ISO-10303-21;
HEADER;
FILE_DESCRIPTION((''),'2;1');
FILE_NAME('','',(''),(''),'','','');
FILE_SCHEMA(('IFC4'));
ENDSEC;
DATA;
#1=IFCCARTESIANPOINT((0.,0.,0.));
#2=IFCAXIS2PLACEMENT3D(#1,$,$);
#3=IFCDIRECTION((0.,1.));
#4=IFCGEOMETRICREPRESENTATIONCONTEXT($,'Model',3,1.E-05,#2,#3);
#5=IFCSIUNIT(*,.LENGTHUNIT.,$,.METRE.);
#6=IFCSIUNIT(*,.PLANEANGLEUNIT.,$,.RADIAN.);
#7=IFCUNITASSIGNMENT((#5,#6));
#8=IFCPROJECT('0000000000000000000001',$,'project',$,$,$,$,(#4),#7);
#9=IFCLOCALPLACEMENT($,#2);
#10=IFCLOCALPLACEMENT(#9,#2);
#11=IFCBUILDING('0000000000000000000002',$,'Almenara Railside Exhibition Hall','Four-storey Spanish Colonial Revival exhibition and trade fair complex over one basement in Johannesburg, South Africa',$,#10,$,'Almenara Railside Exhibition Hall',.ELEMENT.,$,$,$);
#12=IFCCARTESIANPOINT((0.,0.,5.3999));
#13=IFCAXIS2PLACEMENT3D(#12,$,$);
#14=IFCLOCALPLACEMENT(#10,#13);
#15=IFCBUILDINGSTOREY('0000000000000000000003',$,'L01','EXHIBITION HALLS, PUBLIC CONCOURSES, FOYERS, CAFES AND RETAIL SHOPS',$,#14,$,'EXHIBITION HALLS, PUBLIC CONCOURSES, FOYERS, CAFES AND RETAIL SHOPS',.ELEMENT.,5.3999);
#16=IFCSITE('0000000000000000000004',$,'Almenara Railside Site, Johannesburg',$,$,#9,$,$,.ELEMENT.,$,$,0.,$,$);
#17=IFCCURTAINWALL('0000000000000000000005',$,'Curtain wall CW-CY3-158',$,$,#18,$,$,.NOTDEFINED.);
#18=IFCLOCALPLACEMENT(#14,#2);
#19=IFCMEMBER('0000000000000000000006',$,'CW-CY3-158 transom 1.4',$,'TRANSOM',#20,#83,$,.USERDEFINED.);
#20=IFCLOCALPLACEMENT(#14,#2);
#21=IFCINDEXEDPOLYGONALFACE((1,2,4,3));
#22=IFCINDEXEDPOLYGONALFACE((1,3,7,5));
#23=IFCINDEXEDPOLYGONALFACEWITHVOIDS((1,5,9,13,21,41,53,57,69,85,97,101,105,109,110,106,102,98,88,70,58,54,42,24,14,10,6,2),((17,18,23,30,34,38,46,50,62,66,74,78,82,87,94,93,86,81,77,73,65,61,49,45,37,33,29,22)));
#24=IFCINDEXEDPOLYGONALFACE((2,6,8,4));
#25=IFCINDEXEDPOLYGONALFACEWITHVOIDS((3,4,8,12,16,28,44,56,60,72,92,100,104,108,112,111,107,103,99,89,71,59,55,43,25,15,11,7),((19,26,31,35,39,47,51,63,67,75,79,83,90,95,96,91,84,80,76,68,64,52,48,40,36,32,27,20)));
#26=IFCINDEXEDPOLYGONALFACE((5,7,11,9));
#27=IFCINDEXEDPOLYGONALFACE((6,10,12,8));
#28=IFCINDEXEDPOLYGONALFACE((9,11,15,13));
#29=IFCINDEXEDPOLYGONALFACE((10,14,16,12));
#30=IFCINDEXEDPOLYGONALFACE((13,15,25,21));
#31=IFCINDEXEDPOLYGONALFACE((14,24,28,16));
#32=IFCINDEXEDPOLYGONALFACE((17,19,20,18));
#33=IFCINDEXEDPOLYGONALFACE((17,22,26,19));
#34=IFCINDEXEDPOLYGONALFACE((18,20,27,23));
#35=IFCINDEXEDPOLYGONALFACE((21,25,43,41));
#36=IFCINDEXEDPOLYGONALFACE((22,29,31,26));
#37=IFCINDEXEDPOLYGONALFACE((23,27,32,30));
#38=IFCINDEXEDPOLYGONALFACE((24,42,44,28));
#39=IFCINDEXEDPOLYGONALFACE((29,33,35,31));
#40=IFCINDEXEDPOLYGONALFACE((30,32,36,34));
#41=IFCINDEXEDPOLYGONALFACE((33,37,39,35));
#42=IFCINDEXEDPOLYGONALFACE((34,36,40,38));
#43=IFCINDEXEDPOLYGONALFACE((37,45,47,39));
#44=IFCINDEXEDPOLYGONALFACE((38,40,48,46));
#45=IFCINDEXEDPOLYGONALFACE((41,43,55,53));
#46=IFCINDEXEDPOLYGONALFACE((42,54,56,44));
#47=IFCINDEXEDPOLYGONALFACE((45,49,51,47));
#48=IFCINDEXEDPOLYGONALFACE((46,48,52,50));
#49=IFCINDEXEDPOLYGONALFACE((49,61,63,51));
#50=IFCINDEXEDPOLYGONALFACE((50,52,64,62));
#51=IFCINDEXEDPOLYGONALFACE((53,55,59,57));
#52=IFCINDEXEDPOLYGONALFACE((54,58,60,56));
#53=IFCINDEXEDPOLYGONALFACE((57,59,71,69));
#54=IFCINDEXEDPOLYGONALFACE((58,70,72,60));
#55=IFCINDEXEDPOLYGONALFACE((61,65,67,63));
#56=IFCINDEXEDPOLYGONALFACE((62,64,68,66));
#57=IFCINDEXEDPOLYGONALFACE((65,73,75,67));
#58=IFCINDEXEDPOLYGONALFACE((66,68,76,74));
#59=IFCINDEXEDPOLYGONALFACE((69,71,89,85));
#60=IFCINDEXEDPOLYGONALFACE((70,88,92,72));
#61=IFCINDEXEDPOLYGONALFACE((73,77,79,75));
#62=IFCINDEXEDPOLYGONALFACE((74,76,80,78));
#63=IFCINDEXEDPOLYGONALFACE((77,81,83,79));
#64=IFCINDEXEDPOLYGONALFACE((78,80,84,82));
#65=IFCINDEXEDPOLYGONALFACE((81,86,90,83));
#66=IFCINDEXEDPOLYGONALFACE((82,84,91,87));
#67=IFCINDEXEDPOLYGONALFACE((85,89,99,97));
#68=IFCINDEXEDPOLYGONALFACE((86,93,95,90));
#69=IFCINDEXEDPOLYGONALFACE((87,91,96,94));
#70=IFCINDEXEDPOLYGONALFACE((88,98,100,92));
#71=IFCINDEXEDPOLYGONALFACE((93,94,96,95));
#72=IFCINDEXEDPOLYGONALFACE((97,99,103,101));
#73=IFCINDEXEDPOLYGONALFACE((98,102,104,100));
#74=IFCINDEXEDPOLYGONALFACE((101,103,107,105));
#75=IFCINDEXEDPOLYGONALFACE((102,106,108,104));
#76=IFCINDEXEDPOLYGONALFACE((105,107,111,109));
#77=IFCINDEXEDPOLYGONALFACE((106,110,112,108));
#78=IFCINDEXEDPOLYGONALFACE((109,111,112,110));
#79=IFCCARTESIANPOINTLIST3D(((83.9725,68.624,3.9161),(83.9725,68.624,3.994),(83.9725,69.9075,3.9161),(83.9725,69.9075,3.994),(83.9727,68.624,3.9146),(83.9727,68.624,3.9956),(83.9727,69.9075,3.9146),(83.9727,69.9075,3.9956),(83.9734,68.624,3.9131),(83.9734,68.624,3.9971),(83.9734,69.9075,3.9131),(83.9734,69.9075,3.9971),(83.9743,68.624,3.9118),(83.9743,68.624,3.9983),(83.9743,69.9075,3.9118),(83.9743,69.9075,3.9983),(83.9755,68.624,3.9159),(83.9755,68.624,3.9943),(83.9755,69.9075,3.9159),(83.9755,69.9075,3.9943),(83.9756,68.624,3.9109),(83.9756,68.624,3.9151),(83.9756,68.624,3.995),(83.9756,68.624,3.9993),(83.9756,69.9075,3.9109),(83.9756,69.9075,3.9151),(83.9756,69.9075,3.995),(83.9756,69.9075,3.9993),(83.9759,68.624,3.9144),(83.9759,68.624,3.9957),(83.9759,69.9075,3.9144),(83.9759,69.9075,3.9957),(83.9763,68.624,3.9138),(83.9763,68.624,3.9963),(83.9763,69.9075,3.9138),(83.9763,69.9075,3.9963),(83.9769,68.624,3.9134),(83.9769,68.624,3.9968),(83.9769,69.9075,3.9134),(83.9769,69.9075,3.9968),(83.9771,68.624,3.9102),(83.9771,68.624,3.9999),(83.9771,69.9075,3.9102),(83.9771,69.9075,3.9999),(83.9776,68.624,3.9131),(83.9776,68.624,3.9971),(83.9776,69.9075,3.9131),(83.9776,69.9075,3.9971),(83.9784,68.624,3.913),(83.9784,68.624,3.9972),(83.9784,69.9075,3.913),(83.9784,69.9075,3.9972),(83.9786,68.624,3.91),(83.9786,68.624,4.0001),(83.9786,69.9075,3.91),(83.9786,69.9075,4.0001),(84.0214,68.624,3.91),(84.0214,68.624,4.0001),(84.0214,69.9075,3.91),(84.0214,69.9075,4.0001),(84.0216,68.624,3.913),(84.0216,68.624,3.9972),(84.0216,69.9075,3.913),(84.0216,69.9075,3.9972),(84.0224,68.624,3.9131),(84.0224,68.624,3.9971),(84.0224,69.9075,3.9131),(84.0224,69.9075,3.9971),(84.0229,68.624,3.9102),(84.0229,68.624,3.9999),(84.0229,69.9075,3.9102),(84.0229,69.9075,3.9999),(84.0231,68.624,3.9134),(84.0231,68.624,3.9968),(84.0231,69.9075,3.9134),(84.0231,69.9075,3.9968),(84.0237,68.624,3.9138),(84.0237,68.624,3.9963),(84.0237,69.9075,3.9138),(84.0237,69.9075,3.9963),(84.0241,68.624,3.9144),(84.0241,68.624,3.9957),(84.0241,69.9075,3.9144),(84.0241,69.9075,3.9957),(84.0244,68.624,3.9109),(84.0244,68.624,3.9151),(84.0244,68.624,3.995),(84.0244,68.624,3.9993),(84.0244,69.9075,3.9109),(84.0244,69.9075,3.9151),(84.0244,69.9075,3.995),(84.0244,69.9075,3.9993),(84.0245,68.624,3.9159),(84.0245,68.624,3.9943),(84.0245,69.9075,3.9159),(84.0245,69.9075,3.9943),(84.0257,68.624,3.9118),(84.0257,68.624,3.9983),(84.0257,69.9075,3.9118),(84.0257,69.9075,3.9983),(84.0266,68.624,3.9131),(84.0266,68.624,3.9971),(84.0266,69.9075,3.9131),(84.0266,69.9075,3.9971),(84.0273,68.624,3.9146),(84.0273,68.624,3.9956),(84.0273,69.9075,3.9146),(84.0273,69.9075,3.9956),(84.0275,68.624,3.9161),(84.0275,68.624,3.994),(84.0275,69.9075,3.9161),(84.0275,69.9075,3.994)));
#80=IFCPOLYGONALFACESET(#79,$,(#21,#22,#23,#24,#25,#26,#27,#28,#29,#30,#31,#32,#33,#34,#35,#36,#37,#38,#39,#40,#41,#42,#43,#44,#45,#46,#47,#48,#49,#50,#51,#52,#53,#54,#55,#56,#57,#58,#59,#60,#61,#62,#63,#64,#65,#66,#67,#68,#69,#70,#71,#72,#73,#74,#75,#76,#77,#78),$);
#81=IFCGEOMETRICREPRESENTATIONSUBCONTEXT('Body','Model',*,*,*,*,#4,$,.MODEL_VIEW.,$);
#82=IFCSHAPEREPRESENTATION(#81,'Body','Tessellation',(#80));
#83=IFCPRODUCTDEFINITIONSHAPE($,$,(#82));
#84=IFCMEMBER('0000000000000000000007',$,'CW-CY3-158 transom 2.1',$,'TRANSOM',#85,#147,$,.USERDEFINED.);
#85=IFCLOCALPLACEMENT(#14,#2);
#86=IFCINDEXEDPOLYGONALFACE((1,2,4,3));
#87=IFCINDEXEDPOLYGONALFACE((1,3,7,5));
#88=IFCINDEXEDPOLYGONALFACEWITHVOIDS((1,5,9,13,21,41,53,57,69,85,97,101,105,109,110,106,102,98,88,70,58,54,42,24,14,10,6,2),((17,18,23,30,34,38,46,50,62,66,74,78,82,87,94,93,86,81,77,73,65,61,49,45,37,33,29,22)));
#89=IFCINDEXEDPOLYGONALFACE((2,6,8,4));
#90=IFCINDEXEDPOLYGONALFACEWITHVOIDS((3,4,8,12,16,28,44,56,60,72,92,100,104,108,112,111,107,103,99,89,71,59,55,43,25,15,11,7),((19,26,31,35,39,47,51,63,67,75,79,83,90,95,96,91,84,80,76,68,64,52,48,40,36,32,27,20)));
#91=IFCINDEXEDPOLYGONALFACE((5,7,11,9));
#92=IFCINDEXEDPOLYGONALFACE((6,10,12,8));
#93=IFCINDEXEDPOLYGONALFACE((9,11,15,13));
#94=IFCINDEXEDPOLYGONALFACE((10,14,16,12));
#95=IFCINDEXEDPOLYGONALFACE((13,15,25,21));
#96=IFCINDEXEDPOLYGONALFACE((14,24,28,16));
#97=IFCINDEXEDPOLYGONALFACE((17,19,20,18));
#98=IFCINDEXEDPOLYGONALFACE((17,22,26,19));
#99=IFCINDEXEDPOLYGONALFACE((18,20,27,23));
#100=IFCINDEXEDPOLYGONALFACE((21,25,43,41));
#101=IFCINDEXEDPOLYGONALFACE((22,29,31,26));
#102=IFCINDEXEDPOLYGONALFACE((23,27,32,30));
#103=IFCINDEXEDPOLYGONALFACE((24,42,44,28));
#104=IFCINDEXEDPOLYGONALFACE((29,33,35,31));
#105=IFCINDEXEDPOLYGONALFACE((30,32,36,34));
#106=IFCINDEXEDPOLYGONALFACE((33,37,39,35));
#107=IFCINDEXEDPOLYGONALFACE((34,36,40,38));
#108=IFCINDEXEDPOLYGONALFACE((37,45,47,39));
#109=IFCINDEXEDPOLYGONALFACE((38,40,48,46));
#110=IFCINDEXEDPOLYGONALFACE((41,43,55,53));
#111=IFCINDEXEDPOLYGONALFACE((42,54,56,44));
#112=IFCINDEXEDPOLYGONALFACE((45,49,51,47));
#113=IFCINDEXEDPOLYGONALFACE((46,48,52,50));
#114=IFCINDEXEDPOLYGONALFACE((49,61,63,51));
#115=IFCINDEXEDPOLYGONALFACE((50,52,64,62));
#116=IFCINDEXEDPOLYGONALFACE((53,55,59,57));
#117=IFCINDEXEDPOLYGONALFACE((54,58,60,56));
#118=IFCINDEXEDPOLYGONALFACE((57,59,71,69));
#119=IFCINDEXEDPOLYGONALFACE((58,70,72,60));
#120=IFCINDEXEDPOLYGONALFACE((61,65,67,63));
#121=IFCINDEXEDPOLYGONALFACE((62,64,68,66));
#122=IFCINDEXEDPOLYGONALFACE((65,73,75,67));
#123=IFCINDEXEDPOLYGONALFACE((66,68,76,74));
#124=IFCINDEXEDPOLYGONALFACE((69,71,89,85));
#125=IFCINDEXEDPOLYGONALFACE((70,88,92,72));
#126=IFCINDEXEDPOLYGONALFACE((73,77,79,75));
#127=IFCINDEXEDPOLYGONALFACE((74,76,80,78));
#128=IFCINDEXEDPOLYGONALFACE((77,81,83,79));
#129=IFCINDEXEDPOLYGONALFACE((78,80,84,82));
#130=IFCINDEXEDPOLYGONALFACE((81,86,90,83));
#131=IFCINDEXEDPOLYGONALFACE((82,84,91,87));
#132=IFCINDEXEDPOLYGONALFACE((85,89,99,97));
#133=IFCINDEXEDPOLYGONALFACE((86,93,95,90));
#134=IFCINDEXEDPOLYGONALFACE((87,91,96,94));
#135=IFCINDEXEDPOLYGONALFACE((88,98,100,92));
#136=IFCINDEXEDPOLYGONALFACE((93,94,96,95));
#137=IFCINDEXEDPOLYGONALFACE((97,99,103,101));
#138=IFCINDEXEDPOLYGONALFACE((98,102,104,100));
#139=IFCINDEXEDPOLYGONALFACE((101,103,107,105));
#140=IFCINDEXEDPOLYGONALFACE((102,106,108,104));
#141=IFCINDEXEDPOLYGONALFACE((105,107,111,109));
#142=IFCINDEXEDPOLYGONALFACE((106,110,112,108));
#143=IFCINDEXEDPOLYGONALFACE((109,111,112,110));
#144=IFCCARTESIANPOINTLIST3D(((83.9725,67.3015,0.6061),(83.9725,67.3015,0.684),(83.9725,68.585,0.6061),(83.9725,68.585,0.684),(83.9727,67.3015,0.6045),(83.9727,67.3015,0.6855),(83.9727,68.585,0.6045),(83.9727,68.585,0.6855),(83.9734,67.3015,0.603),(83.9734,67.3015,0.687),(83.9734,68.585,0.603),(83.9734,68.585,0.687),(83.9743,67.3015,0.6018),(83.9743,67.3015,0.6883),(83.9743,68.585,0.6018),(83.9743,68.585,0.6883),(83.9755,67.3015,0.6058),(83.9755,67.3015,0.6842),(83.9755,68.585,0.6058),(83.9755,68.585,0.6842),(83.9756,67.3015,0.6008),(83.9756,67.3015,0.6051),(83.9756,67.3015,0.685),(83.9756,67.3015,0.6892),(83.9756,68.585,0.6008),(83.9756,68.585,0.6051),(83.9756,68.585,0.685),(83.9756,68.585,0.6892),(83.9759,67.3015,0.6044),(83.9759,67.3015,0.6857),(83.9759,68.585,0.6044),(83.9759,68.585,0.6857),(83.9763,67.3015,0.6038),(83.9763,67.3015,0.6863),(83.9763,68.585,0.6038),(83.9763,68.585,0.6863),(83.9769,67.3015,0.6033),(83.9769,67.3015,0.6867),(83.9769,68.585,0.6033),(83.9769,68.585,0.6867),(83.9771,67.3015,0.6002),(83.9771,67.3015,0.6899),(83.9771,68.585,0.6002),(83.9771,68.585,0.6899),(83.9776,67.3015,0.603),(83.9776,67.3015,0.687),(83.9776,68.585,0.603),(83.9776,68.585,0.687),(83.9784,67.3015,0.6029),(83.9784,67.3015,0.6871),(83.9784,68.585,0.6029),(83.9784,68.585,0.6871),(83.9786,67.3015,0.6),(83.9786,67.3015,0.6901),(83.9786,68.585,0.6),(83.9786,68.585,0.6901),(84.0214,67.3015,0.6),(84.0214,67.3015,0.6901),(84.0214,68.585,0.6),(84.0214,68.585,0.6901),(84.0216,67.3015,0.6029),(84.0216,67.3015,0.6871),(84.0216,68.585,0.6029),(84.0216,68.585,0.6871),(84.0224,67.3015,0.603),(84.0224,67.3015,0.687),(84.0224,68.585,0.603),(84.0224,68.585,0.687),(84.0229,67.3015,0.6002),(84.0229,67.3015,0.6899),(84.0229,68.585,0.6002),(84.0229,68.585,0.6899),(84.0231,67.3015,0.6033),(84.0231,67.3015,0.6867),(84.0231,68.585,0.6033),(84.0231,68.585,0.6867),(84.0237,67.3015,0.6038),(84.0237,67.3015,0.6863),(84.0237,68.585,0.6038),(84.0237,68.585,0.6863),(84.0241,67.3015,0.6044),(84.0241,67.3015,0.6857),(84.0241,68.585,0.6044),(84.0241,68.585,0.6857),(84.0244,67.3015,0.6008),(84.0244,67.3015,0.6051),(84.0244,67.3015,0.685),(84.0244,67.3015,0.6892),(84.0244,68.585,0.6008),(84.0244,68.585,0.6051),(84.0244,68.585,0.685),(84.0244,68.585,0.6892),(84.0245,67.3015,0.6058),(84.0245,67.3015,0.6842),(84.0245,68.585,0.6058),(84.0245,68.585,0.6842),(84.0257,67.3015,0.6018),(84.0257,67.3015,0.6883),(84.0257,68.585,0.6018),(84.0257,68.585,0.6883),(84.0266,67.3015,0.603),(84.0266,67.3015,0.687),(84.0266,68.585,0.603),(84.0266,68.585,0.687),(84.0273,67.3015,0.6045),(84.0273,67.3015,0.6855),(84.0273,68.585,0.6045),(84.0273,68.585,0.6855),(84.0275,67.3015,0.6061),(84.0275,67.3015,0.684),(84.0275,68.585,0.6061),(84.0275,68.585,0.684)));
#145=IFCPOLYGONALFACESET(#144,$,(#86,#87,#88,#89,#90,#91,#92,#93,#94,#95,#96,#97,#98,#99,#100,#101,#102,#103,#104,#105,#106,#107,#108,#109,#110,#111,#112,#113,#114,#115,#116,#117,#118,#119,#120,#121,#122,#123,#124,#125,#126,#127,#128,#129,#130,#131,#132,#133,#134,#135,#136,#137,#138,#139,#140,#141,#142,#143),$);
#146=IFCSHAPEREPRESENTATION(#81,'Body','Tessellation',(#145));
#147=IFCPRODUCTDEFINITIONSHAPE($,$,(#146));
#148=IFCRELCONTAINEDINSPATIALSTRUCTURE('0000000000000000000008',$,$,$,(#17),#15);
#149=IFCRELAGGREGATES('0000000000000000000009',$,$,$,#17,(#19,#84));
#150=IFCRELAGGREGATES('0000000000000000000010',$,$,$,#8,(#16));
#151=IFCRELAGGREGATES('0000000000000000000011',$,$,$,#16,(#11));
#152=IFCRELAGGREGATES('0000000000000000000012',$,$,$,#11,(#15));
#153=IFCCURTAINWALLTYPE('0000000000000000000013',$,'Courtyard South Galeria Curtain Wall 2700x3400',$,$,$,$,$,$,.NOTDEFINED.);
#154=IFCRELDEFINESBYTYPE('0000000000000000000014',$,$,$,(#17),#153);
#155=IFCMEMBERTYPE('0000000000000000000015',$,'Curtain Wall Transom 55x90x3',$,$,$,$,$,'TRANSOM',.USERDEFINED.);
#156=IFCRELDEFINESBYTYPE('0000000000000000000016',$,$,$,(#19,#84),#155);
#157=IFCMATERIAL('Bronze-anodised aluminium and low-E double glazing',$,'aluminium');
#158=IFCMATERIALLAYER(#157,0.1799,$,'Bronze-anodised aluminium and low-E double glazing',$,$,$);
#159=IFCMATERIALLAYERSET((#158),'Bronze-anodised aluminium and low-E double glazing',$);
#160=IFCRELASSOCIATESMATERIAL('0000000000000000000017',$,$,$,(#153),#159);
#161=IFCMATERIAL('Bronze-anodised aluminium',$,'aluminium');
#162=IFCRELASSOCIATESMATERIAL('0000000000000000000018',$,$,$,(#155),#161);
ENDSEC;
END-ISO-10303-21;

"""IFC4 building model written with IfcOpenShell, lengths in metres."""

from ifc_helpers import new_model, si_unit, direction, frame, origin, origin_2d, place, context, subcontext, project, spatial, hollow_rectangle, extrude, material, layer, layer_set, material_profile, profile_set, type_object, element, aggregate, save


model = new_model("IFC4")

# Units and contexts
model_context = context("Model", 3, precision=1e-05, world=origin(), true_north=direction((0.0, 1.0)))
body_context = subcontext(model_context, "Body", "Model", "MODEL_VIEW")
ifc_project = project(units=[si_unit("LENGTHUNIT", "METRE"), si_unit("PLANEANGLEUNIT", "RADIAN")], contexts=[model_context])

# Site, building, storey
site_placement = place(None, origin())
site = spatial("IfcSite", under=ifc_project, at=site_placement, Name="Almenara Railside Site, Johannesburg", CompositionType="ELEMENT", RefElevation=0.0)
building_placement = place(site_placement, origin())
building = spatial("IfcBuilding", under=site, at=building_placement, Name="Almenara Railside Exhibition Hall", Description="Four-storey Spanish Colonial Revival exhibition and trade fair complex over one basement in Johannesburg, South Africa", LongName="Almenara Railside Exhibition Hall", CompositionType="ELEMENT")
storey_placement = place(building_placement, frame((0.0, 0.0, 5.3999)))
storey = spatial("IfcBuildingStorey", under=building, at=storey_placement, Name="L01", Description="EXHIBITION HALLS, PUBLIC CONCOURSES, FOYERS, CAFES AND RETAIL SHOPS", LongName="EXHIBITION HALLS, PUBLIC CONCOURSES, FOYERS, CAFES AND RETAIL SHOPS", CompositionType="ELEMENT", Elevation=5.3999)

# Curtain wall
ifc_material_1 = material(Name="Bronze-anodised aluminium and low-E double glazing", Category="aluminium")
ifc_layer_1 = layer(ifc_material_1, 0.1799, Name="Bronze-anodised aluminium and low-E double glazing")
ifc_layer_set_1 = layer_set([ifc_layer_1], Name="Bronze-anodised aluminium and low-E double glazing")
curtain_wall_type = type_object("IfcCurtainWallType", Name="Courtyard South Galeria Curtain Wall 2700x3400", PredefinedType="NOTDEFINED", material=ifc_layer_set_1)
curtain_wall_1_placement = place(storey_placement, origin())
curtain_wall_1 = element("IfcCurtainWall", 1, at=curtain_wall_1_placement, inside=storey, type_object=curtain_wall_type, Name="Curtain wall CW-CY3-158", PredefinedType="NOTDEFINED")
ifc_material_2 = material(Name="Bronze-anodised aluminium", Category="aluminium")

# Members
ifc_material_profile_1 = material_profile(ifc_material_2, hollow_rectangle(XDim=0.0549, YDim=0.0901, WallThickness=0.0029, InnerFilletRadius=0.0029, OuterFilletRadius=0.0061, at=origin_2d()), Name="ALU-TRN 55x90x3")
ifc_profile_set_1 = profile_set([ifc_material_profile_1], Name="Bronze-anodised aluminium")
member_type_1 = type_object("IfcMemberType", Name="Curtain Wall Transom 55x90x3", ElementType="TRANSOM", PredefinedType="USERDEFINED", material=ifc_profile_set_1)
member_1_placement = place(storey_placement, frame((84.0, 69.9075, 3.9551), z_axis=(0.0, -1.0, 0.0), x_axis=(1.0, 0.0, 0.0)))
member_1 = element("IfcMember", 2, at=member_1_placement, type_object=member_type_1, Name="CW-CY3-158 transom 1.4", ObjectType="TRANSOM", PredefinedType="USERDEFINED", context=body_context, shape_type="SweptSolid", body=[
    extrude(hollow_rectangle(XDim=0.0549, YDim=0.0901, WallThickness=0.0029, InnerFilletRadius=0.0029, OuterFilletRadius=0.0061, at=origin_2d()), origin(), (0.0, 0.0, 1.0), 1.2834),
])
member_2_placement = place(storey_placement, frame((84.0, 68.585, 0.645), z_axis=(0.0, -1.0, 0.0), x_axis=(1.0, 0.0, 0.0)))
member_2 = element("IfcMember", 3, at=member_2_placement, type_object=member_type_1, Name="CW-CY3-158 transom 2.1", ObjectType="TRANSOM", PredefinedType="USERDEFINED", context=body_context, shape_type="SweptSolid", body=[
    extrude(hollow_rectangle(XDim=0.0549, YDim=0.0901, WallThickness=0.0029, InnerFilletRadius=0.0029, OuterFilletRadius=0.0061, at=origin_2d()), origin(), (0.0, 0.0, 1.0), 1.2834),
])

aggregate(curtain_wall_1, [member_1, member_2])

save(model, "model.ifc")
